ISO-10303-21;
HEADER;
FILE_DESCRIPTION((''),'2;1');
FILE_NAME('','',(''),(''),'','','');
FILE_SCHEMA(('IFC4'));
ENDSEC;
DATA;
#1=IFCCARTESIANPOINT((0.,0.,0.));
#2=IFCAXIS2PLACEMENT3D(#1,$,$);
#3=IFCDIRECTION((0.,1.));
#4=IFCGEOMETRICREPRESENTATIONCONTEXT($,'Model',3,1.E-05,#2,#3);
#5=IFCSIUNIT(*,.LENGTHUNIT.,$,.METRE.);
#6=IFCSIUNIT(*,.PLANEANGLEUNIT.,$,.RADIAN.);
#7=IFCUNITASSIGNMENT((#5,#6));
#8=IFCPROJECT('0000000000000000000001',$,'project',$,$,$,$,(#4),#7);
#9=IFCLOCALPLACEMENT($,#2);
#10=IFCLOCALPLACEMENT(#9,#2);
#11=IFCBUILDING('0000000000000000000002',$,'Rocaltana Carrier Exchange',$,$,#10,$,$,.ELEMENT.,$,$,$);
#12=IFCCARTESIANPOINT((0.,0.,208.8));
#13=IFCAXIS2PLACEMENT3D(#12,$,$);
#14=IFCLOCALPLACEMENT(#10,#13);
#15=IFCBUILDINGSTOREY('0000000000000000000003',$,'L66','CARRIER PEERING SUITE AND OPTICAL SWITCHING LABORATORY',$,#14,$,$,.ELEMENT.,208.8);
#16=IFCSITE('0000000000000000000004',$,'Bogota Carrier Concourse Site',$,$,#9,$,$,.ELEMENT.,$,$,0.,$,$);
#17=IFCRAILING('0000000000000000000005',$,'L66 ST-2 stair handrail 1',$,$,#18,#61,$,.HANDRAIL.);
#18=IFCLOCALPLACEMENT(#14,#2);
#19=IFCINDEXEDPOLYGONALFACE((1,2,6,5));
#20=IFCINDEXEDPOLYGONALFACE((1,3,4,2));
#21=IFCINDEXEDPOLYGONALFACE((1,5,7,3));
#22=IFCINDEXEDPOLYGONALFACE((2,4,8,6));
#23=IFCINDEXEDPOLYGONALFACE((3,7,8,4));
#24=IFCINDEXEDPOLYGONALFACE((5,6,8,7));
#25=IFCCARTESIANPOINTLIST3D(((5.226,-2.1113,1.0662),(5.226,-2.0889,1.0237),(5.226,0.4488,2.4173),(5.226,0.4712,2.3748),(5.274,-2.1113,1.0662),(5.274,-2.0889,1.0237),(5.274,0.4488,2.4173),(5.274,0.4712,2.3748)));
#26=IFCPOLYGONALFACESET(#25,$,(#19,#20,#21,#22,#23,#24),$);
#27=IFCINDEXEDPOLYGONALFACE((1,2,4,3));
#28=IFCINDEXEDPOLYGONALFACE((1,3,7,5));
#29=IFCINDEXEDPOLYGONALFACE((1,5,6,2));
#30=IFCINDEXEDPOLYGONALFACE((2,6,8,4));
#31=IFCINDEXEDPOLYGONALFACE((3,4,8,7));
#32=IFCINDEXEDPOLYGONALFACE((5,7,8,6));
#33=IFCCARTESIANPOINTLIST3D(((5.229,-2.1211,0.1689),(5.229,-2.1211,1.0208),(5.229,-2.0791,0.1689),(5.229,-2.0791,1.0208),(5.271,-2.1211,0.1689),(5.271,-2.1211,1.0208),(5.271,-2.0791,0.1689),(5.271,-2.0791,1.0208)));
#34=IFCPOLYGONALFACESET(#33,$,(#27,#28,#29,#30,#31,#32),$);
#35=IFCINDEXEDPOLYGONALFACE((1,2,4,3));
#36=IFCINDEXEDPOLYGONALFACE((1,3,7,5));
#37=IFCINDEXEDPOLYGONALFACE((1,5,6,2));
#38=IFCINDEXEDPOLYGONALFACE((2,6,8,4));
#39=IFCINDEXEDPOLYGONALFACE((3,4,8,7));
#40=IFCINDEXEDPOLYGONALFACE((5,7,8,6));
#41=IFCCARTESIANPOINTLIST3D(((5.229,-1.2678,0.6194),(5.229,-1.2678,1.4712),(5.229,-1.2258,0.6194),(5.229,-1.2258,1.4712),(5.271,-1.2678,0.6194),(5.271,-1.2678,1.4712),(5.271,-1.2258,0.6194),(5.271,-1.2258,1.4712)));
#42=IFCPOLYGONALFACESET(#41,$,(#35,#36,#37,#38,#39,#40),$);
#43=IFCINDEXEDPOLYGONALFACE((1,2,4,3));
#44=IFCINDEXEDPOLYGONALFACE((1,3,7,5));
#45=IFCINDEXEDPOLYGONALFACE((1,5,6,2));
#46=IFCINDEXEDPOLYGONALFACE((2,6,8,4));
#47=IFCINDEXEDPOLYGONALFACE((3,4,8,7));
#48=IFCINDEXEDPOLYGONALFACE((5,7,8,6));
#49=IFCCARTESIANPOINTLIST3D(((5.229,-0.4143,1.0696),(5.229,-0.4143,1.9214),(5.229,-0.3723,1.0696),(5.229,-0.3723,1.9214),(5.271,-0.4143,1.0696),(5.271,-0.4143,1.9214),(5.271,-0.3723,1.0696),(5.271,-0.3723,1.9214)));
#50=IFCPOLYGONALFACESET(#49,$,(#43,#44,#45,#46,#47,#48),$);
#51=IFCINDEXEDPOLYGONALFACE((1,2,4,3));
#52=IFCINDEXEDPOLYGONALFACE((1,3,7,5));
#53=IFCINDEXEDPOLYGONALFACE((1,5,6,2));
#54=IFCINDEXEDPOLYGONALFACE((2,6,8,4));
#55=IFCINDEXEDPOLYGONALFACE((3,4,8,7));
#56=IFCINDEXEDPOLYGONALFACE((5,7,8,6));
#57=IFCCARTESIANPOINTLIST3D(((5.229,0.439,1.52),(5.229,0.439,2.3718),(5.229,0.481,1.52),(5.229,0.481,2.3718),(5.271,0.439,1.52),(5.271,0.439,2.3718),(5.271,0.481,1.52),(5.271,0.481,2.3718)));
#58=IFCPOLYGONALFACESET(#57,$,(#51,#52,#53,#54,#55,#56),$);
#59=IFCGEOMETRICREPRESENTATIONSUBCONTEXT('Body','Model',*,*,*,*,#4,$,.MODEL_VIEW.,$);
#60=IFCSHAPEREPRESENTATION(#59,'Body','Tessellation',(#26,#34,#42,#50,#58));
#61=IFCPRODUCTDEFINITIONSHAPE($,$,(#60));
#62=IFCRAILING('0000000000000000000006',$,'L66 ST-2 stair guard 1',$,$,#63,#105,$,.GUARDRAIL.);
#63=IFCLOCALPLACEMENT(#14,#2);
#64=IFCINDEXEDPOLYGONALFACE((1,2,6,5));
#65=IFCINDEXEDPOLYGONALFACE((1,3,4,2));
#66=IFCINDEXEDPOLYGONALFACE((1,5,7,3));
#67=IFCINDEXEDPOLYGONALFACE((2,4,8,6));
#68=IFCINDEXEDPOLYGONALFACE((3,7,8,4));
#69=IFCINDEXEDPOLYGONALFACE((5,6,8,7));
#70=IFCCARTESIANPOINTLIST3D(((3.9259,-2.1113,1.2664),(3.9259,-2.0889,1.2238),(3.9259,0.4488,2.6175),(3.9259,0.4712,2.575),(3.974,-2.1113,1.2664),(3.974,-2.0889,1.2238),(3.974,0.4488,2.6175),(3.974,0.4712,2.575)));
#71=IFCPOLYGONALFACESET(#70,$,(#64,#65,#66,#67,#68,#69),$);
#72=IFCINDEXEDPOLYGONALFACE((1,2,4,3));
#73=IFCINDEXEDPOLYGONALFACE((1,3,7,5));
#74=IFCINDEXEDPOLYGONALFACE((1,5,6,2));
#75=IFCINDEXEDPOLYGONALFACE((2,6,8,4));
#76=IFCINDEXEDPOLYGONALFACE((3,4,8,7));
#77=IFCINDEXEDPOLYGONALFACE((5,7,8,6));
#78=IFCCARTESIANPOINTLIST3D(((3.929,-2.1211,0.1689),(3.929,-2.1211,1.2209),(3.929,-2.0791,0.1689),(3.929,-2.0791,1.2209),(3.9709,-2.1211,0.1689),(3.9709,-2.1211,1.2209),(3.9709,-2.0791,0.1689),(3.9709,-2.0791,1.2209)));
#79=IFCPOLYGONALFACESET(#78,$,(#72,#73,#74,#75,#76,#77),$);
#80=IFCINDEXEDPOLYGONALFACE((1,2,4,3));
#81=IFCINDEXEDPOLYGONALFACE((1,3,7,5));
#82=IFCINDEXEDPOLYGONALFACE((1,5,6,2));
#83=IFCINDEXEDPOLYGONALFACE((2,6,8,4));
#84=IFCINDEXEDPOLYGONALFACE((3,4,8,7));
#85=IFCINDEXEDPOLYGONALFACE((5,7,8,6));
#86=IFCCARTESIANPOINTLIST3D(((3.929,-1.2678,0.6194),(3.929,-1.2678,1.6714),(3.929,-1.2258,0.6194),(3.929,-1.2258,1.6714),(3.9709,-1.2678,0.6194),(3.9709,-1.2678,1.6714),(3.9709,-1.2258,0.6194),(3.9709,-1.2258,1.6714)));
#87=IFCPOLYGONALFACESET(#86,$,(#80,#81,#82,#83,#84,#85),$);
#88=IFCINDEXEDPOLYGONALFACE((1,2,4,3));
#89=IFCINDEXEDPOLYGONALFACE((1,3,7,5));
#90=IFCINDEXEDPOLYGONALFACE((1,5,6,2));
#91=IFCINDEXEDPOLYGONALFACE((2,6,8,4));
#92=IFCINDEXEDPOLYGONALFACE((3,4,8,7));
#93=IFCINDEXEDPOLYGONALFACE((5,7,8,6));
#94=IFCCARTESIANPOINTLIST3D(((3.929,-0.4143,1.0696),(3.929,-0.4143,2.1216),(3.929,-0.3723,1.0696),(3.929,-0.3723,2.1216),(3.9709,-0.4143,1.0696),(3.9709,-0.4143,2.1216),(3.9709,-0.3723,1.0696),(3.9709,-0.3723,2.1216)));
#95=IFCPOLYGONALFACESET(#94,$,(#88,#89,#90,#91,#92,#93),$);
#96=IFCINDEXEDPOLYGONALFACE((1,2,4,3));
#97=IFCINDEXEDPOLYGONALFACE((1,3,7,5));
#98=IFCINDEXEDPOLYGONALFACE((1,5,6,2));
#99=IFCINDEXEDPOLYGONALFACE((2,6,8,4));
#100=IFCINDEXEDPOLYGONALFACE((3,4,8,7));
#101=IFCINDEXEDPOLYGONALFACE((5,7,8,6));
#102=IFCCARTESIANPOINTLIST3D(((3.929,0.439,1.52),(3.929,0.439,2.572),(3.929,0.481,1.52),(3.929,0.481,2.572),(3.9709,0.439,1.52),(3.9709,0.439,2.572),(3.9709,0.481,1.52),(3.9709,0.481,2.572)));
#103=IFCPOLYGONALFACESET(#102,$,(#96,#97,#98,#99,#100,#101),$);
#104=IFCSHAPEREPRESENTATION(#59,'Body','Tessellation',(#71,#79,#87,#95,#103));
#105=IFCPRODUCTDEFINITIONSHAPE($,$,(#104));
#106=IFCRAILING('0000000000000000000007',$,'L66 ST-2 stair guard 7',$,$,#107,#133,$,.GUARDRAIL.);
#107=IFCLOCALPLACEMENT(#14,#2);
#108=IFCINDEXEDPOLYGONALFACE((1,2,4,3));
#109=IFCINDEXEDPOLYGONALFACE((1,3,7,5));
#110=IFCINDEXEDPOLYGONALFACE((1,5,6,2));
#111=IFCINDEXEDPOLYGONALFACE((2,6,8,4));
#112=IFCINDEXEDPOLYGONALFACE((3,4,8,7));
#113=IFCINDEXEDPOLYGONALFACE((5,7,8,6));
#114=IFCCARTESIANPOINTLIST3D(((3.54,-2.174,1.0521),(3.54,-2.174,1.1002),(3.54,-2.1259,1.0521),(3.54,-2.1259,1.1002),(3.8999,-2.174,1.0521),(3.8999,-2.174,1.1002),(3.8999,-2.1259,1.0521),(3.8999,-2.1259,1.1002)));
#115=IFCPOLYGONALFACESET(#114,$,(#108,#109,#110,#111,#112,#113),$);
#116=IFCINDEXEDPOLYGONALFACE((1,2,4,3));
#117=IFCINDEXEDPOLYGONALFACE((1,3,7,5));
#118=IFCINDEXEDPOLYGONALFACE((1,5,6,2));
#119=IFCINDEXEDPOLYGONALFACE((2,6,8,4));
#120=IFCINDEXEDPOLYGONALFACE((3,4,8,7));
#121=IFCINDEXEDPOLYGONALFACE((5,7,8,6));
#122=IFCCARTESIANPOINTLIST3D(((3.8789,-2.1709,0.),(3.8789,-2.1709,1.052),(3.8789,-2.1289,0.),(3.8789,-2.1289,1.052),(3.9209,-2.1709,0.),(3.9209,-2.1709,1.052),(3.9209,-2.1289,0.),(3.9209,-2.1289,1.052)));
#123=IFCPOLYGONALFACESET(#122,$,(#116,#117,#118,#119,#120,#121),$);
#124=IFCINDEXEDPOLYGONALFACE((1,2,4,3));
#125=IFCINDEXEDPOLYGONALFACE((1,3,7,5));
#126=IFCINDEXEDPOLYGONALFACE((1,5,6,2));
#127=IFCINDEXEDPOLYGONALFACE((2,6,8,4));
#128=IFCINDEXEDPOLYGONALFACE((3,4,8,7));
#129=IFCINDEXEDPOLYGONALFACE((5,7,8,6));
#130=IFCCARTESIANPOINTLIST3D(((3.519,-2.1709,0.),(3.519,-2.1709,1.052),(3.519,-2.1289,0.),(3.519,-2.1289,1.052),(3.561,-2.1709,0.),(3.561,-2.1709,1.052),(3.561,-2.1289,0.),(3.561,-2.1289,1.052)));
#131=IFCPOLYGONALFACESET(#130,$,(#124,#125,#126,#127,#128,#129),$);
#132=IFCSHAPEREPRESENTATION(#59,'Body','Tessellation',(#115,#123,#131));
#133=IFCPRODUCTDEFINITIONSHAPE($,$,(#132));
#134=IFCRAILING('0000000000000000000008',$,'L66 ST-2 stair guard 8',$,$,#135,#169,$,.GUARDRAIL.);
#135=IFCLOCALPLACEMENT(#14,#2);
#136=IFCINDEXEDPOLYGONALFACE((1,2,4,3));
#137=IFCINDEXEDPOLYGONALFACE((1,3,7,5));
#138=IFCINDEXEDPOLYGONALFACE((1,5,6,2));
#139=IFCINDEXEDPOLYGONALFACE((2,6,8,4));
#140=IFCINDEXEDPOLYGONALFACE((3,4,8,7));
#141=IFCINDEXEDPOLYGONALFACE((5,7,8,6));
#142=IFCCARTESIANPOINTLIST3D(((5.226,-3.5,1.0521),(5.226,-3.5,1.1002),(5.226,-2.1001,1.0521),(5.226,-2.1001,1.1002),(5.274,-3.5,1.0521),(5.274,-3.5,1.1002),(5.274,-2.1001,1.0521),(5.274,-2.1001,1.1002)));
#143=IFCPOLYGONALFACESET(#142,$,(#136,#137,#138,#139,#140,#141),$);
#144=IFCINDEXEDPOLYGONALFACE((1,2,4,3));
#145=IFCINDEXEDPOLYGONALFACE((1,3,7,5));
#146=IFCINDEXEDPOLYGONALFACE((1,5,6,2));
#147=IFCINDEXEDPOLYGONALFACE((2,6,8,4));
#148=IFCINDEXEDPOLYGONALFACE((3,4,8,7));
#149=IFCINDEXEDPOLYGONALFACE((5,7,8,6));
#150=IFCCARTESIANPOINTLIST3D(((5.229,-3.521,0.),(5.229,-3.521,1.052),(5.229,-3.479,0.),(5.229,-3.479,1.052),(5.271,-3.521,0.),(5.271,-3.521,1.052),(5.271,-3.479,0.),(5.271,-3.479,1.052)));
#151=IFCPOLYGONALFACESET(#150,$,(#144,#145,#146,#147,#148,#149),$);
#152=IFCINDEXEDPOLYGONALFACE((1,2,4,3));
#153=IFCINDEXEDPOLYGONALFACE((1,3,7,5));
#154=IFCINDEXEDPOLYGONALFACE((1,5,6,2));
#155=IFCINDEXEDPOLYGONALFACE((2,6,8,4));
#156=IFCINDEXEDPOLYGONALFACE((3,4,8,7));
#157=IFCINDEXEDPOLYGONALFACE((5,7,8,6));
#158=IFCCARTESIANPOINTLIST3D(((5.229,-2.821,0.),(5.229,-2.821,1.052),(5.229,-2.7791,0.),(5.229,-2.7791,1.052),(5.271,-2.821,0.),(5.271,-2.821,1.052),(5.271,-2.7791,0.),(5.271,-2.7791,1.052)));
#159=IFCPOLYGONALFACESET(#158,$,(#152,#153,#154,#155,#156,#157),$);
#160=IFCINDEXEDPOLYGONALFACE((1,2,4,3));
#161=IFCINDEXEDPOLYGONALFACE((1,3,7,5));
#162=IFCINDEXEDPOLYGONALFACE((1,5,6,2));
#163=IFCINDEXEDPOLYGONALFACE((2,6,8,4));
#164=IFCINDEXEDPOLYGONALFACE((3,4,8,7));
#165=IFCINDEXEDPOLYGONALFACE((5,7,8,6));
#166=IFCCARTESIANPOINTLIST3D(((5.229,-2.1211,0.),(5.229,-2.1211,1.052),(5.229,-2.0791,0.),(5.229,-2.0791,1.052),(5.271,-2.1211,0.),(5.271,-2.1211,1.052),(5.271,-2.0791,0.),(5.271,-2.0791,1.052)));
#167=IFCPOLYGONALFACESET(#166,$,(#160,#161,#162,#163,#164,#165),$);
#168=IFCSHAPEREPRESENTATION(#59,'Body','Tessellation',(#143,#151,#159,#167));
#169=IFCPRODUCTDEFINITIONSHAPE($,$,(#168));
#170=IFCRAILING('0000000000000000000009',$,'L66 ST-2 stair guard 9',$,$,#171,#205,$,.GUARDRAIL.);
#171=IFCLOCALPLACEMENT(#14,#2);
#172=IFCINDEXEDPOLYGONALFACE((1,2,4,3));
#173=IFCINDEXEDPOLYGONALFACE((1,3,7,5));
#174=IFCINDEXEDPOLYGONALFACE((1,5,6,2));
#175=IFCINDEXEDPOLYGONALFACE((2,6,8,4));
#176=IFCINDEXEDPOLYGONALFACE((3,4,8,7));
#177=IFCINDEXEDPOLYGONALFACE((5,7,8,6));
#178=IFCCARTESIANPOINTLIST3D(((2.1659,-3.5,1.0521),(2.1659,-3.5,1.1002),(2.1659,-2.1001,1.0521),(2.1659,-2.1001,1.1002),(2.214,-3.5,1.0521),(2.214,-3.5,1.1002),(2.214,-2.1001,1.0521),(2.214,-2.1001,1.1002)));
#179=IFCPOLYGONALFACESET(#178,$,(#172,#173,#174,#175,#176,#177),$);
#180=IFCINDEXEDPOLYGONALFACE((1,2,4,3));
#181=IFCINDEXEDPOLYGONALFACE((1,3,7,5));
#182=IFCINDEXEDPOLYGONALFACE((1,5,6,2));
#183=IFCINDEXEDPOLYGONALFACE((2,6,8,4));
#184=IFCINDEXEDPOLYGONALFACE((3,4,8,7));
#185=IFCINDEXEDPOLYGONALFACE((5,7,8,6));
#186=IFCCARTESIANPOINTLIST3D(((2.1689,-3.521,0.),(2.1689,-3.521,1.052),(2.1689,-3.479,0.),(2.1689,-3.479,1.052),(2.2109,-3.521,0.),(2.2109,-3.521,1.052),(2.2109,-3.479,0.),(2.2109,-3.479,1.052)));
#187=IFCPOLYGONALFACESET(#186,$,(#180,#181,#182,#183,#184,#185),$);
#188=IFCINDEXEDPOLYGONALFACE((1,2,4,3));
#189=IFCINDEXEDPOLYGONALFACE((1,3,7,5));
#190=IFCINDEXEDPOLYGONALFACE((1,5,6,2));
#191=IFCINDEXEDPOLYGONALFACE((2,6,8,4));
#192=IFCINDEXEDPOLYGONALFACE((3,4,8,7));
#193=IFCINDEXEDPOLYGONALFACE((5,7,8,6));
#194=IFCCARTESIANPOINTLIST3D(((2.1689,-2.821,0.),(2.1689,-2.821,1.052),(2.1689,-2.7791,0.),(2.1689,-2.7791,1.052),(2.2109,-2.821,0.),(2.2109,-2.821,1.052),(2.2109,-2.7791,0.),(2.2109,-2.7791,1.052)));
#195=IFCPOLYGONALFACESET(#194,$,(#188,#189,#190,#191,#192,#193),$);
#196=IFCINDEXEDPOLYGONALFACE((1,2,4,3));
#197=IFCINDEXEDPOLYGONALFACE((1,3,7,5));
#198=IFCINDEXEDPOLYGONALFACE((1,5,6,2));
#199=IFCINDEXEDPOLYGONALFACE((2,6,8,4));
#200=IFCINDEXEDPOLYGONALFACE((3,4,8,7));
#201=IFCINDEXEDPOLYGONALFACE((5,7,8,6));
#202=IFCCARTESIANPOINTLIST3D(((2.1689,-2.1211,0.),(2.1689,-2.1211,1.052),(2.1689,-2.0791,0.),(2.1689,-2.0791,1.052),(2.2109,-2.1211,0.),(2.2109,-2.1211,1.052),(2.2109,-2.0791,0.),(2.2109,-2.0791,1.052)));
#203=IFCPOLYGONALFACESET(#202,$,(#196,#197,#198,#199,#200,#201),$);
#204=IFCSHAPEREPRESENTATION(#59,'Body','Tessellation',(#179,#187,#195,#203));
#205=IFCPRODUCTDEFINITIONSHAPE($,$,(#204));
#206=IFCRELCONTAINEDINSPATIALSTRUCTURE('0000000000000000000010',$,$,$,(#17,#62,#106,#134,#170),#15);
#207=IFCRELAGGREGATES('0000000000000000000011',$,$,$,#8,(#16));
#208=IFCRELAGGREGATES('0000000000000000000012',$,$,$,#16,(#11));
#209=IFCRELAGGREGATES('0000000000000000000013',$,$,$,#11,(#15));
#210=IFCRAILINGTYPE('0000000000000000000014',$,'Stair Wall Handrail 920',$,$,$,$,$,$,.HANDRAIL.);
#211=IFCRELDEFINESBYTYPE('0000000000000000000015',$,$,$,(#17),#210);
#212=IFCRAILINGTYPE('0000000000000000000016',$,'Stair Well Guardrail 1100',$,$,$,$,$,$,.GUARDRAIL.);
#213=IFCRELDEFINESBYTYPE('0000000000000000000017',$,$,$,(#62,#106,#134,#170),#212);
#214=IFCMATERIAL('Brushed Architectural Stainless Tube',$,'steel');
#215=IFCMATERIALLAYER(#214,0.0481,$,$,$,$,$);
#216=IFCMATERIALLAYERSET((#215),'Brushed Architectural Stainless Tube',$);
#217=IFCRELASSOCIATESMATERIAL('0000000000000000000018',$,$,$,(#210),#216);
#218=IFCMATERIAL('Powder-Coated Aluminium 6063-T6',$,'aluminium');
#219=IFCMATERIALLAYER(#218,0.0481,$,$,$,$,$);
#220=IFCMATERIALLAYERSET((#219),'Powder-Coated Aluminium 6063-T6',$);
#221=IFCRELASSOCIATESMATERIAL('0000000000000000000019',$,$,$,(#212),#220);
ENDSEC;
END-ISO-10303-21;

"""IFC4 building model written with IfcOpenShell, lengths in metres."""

from ifc_helpers import new_model, si_unit, direction, frame, origin, origin_2d, place, context, subcontext, project, spatial, rectangle, extrude, material, layer, layer_set, type_object, element, save


model = new_model("IFC4")

# Units and contexts
model_context = context("Model", 3, precision=1e-05, world=origin(), true_north=direction((0.0, 1.0)))
body_context = subcontext(model_context, "Body", "Model", "MODEL_VIEW")
ifc_project = project(units=[si_unit("LENGTHUNIT", "METRE"), si_unit("PLANEANGLEUNIT", "RADIAN")], contexts=[model_context])

# Site, building, storey
site_placement = place(None, origin())
site = spatial("IfcSite", under=ifc_project, at=site_placement, Name="Bogota Carrier Concourse Site", CompositionType="ELEMENT", RefElevation=0.0)
building_placement = place(site_placement, origin())
building = spatial("IfcBuilding", under=site, at=building_placement, Name="Rocaltana Carrier Exchange", CompositionType="ELEMENT")
storey_placement = place(building_placement, frame((0.0, 0.0, 208.8)))
storey = spatial("IfcBuildingStorey", under=building, at=storey_placement, Name="L66", Description="CARRIER PEERING SUITE AND OPTICAL SWITCHING LABORATORY", CompositionType="ELEMENT", Elevation=208.8)

# Railings
ifc_material_1 = material(Name="Brushed Architectural Stainless Tube", Category="steel")
ifc_layer_1 = layer(ifc_material_1, 0.0481)
ifc_layer_set_1 = layer_set([ifc_layer_1], Name="Brushed Architectural Stainless Tube")
railing_type_1 = type_object("IfcRailingType", Name="Stair Wall Handrail 920", PredefinedType="HANDRAIL", material=ifc_layer_set_1)
railing_1_placement = place(storey_placement, frame((5.25, -2.1001, 0.1689)))
element("IfcRailing", 1, at=railing_1_placement, inside=storey, type_object=railing_type_1, Name="L66 ST-2 stair handrail 1", PredefinedType="HANDRAIL", context=body_context, shape_type="SweptSolid", body=[
    extrude(rectangle(XDim=0.0481, YDim=0.0481, at=origin_2d()), frame((0.0, 0.0, 0.876), z_axis=(0.0, 0.884394, 0.46674), x_axis=(-1.0, 0.0, 0.0)), (0.0, 0.0, 1.0), 2.8948),
    extrude(rectangle(XDim=0.042, YDim=0.042, at=origin_2d()), origin(), (0.0, 0.0, 1.0), 0.8518),
    extrude(rectangle(XDim=0.042, YDim=0.042, at=origin_2d()), frame((0.0, 0.8533, 0.4504)), (0.0, 0.0, 1.0), 0.8518),
    extrude(rectangle(XDim=0.042, YDim=0.042, at=origin_2d()), frame((0.0, 1.7068, 0.9006)), (0.0, 0.0, 1.0), 0.8518),
    extrude(rectangle(XDim=0.042, YDim=0.042, at=origin_2d()), frame((0.0, 2.5601, 1.3511)), (0.0, 0.0, 1.0), 0.8518),
])
ifc_material_2 = material(Name="Powder-Coated Aluminium 6063-T6", Category="aluminium")
ifc_layer_2 = layer(ifc_material_2, 0.0481)
ifc_layer_set_2 = layer_set([ifc_layer_2], Name="Powder-Coated Aluminium 6063-T6")
railing_type_2 = type_object("IfcRailingType", Name="Stair Well Guardrail 1100", PredefinedType="GUARDRAIL", material=ifc_layer_set_2)
railing_2_placement = place(storey_placement, frame((3.95, -2.1001, 0.1689)))
element("IfcRailing", 2, at=railing_2_placement, inside=storey, type_object=railing_type_2, Name="L66 ST-2 stair guard 1", PredefinedType="GUARDRAIL", context=body_context, shape_type="SweptSolid", body=[
    extrude(rectangle(XDim=0.0481, YDim=0.0481, at=origin_2d()), frame((0.0, 0.0, 1.0762), z_axis=(0.0, 0.884394, 0.46674), x_axis=(-1.0, 0.0, 0.0)), (0.0, 0.0, 1.0), 2.8948),
    extrude(rectangle(XDim=0.042, YDim=0.042, at=origin_2d()), origin(), (0.0, 0.0, 1.0), 1.052),
    extrude(rectangle(XDim=0.042, YDim=0.042, at=origin_2d()), frame((0.0, 0.8533, 0.4504)), (0.0, 0.0, 1.0), 1.052),
    extrude(rectangle(XDim=0.042, YDim=0.042, at=origin_2d()), frame((0.0, 1.7068, 0.9006)), (0.0, 0.0, 1.0), 1.052),
    extrude(rectangle(XDim=0.042, YDim=0.042, at=origin_2d()), frame((0.0, 2.5601, 1.3511)), (0.0, 0.0, 1.0), 1.052),
])
railing_3_placement = place(storey_placement, frame((3.8999, -2.1499, 0.0)))
element("IfcRailing", 3, at=railing_3_placement, inside=storey, type_object=railing_type_2, Name="L66 ST-2 stair guard 7", PredefinedType="GUARDRAIL", context=body_context, shape_type="SweptSolid", body=[
    extrude(rectangle(XDim=0.0481, YDim=0.0481, at=origin_2d()), frame((0.0, 0.0, 1.0762), z_axis=(-1.0, 0.0, 0.0), x_axis=(0.0, -1.0, 0.0)), (0.0, 0.0, 1.0), 0.3599),
    extrude(rectangle(XDim=0.042, YDim=0.042, at=origin_2d()), origin(), (0.0, 0.0, 1.0), 1.052),
    extrude(rectangle(XDim=0.042, YDim=0.042, at=origin_2d()), frame((-0.3599, 0.0, 0.0)), (0.0, 0.0, 1.0), 1.052),
])
for number, where, name in (
    (4, (5.25, -3.5, 0.0), "L66 ST-2 stair guard 8"),
    (5, (2.1899, -3.5, 0.0), "L66 ST-2 stair guard 9"),
):
    element("IfcRailing", number, at=place(storey_placement, frame(where)), inside=storey, type_object=railing_type_2, Name=name, PredefinedType="GUARDRAIL", context=body_context, shape_type="SweptSolid", body=[
        extrude(rectangle(XDim=0.0481, YDim=0.0481, at=origin_2d()), frame((0.0, 0.0, 1.0762), z_axis=(0.0, 1.0, 0.0), x_axis=(-1.0, 0.0, 0.0)), (0.0, 0.0, 1.0), 1.3999),
        extrude(rectangle(XDim=0.042, YDim=0.042, at=origin_2d()), origin(), (0.0, 0.0, 1.0), 1.052),
        extrude(rectangle(XDim=0.042, YDim=0.042, at=origin_2d()), frame((0.0, 0.7, 0.0)), (0.0, 0.0, 1.0), 1.052),
        extrude(rectangle(XDim=0.042, YDim=0.042, at=origin_2d()), frame((0.0, 1.3999, 0.0)), (0.0, 0.0, 1.0), 1.052),
    ])

save(model, "model.ifc")
